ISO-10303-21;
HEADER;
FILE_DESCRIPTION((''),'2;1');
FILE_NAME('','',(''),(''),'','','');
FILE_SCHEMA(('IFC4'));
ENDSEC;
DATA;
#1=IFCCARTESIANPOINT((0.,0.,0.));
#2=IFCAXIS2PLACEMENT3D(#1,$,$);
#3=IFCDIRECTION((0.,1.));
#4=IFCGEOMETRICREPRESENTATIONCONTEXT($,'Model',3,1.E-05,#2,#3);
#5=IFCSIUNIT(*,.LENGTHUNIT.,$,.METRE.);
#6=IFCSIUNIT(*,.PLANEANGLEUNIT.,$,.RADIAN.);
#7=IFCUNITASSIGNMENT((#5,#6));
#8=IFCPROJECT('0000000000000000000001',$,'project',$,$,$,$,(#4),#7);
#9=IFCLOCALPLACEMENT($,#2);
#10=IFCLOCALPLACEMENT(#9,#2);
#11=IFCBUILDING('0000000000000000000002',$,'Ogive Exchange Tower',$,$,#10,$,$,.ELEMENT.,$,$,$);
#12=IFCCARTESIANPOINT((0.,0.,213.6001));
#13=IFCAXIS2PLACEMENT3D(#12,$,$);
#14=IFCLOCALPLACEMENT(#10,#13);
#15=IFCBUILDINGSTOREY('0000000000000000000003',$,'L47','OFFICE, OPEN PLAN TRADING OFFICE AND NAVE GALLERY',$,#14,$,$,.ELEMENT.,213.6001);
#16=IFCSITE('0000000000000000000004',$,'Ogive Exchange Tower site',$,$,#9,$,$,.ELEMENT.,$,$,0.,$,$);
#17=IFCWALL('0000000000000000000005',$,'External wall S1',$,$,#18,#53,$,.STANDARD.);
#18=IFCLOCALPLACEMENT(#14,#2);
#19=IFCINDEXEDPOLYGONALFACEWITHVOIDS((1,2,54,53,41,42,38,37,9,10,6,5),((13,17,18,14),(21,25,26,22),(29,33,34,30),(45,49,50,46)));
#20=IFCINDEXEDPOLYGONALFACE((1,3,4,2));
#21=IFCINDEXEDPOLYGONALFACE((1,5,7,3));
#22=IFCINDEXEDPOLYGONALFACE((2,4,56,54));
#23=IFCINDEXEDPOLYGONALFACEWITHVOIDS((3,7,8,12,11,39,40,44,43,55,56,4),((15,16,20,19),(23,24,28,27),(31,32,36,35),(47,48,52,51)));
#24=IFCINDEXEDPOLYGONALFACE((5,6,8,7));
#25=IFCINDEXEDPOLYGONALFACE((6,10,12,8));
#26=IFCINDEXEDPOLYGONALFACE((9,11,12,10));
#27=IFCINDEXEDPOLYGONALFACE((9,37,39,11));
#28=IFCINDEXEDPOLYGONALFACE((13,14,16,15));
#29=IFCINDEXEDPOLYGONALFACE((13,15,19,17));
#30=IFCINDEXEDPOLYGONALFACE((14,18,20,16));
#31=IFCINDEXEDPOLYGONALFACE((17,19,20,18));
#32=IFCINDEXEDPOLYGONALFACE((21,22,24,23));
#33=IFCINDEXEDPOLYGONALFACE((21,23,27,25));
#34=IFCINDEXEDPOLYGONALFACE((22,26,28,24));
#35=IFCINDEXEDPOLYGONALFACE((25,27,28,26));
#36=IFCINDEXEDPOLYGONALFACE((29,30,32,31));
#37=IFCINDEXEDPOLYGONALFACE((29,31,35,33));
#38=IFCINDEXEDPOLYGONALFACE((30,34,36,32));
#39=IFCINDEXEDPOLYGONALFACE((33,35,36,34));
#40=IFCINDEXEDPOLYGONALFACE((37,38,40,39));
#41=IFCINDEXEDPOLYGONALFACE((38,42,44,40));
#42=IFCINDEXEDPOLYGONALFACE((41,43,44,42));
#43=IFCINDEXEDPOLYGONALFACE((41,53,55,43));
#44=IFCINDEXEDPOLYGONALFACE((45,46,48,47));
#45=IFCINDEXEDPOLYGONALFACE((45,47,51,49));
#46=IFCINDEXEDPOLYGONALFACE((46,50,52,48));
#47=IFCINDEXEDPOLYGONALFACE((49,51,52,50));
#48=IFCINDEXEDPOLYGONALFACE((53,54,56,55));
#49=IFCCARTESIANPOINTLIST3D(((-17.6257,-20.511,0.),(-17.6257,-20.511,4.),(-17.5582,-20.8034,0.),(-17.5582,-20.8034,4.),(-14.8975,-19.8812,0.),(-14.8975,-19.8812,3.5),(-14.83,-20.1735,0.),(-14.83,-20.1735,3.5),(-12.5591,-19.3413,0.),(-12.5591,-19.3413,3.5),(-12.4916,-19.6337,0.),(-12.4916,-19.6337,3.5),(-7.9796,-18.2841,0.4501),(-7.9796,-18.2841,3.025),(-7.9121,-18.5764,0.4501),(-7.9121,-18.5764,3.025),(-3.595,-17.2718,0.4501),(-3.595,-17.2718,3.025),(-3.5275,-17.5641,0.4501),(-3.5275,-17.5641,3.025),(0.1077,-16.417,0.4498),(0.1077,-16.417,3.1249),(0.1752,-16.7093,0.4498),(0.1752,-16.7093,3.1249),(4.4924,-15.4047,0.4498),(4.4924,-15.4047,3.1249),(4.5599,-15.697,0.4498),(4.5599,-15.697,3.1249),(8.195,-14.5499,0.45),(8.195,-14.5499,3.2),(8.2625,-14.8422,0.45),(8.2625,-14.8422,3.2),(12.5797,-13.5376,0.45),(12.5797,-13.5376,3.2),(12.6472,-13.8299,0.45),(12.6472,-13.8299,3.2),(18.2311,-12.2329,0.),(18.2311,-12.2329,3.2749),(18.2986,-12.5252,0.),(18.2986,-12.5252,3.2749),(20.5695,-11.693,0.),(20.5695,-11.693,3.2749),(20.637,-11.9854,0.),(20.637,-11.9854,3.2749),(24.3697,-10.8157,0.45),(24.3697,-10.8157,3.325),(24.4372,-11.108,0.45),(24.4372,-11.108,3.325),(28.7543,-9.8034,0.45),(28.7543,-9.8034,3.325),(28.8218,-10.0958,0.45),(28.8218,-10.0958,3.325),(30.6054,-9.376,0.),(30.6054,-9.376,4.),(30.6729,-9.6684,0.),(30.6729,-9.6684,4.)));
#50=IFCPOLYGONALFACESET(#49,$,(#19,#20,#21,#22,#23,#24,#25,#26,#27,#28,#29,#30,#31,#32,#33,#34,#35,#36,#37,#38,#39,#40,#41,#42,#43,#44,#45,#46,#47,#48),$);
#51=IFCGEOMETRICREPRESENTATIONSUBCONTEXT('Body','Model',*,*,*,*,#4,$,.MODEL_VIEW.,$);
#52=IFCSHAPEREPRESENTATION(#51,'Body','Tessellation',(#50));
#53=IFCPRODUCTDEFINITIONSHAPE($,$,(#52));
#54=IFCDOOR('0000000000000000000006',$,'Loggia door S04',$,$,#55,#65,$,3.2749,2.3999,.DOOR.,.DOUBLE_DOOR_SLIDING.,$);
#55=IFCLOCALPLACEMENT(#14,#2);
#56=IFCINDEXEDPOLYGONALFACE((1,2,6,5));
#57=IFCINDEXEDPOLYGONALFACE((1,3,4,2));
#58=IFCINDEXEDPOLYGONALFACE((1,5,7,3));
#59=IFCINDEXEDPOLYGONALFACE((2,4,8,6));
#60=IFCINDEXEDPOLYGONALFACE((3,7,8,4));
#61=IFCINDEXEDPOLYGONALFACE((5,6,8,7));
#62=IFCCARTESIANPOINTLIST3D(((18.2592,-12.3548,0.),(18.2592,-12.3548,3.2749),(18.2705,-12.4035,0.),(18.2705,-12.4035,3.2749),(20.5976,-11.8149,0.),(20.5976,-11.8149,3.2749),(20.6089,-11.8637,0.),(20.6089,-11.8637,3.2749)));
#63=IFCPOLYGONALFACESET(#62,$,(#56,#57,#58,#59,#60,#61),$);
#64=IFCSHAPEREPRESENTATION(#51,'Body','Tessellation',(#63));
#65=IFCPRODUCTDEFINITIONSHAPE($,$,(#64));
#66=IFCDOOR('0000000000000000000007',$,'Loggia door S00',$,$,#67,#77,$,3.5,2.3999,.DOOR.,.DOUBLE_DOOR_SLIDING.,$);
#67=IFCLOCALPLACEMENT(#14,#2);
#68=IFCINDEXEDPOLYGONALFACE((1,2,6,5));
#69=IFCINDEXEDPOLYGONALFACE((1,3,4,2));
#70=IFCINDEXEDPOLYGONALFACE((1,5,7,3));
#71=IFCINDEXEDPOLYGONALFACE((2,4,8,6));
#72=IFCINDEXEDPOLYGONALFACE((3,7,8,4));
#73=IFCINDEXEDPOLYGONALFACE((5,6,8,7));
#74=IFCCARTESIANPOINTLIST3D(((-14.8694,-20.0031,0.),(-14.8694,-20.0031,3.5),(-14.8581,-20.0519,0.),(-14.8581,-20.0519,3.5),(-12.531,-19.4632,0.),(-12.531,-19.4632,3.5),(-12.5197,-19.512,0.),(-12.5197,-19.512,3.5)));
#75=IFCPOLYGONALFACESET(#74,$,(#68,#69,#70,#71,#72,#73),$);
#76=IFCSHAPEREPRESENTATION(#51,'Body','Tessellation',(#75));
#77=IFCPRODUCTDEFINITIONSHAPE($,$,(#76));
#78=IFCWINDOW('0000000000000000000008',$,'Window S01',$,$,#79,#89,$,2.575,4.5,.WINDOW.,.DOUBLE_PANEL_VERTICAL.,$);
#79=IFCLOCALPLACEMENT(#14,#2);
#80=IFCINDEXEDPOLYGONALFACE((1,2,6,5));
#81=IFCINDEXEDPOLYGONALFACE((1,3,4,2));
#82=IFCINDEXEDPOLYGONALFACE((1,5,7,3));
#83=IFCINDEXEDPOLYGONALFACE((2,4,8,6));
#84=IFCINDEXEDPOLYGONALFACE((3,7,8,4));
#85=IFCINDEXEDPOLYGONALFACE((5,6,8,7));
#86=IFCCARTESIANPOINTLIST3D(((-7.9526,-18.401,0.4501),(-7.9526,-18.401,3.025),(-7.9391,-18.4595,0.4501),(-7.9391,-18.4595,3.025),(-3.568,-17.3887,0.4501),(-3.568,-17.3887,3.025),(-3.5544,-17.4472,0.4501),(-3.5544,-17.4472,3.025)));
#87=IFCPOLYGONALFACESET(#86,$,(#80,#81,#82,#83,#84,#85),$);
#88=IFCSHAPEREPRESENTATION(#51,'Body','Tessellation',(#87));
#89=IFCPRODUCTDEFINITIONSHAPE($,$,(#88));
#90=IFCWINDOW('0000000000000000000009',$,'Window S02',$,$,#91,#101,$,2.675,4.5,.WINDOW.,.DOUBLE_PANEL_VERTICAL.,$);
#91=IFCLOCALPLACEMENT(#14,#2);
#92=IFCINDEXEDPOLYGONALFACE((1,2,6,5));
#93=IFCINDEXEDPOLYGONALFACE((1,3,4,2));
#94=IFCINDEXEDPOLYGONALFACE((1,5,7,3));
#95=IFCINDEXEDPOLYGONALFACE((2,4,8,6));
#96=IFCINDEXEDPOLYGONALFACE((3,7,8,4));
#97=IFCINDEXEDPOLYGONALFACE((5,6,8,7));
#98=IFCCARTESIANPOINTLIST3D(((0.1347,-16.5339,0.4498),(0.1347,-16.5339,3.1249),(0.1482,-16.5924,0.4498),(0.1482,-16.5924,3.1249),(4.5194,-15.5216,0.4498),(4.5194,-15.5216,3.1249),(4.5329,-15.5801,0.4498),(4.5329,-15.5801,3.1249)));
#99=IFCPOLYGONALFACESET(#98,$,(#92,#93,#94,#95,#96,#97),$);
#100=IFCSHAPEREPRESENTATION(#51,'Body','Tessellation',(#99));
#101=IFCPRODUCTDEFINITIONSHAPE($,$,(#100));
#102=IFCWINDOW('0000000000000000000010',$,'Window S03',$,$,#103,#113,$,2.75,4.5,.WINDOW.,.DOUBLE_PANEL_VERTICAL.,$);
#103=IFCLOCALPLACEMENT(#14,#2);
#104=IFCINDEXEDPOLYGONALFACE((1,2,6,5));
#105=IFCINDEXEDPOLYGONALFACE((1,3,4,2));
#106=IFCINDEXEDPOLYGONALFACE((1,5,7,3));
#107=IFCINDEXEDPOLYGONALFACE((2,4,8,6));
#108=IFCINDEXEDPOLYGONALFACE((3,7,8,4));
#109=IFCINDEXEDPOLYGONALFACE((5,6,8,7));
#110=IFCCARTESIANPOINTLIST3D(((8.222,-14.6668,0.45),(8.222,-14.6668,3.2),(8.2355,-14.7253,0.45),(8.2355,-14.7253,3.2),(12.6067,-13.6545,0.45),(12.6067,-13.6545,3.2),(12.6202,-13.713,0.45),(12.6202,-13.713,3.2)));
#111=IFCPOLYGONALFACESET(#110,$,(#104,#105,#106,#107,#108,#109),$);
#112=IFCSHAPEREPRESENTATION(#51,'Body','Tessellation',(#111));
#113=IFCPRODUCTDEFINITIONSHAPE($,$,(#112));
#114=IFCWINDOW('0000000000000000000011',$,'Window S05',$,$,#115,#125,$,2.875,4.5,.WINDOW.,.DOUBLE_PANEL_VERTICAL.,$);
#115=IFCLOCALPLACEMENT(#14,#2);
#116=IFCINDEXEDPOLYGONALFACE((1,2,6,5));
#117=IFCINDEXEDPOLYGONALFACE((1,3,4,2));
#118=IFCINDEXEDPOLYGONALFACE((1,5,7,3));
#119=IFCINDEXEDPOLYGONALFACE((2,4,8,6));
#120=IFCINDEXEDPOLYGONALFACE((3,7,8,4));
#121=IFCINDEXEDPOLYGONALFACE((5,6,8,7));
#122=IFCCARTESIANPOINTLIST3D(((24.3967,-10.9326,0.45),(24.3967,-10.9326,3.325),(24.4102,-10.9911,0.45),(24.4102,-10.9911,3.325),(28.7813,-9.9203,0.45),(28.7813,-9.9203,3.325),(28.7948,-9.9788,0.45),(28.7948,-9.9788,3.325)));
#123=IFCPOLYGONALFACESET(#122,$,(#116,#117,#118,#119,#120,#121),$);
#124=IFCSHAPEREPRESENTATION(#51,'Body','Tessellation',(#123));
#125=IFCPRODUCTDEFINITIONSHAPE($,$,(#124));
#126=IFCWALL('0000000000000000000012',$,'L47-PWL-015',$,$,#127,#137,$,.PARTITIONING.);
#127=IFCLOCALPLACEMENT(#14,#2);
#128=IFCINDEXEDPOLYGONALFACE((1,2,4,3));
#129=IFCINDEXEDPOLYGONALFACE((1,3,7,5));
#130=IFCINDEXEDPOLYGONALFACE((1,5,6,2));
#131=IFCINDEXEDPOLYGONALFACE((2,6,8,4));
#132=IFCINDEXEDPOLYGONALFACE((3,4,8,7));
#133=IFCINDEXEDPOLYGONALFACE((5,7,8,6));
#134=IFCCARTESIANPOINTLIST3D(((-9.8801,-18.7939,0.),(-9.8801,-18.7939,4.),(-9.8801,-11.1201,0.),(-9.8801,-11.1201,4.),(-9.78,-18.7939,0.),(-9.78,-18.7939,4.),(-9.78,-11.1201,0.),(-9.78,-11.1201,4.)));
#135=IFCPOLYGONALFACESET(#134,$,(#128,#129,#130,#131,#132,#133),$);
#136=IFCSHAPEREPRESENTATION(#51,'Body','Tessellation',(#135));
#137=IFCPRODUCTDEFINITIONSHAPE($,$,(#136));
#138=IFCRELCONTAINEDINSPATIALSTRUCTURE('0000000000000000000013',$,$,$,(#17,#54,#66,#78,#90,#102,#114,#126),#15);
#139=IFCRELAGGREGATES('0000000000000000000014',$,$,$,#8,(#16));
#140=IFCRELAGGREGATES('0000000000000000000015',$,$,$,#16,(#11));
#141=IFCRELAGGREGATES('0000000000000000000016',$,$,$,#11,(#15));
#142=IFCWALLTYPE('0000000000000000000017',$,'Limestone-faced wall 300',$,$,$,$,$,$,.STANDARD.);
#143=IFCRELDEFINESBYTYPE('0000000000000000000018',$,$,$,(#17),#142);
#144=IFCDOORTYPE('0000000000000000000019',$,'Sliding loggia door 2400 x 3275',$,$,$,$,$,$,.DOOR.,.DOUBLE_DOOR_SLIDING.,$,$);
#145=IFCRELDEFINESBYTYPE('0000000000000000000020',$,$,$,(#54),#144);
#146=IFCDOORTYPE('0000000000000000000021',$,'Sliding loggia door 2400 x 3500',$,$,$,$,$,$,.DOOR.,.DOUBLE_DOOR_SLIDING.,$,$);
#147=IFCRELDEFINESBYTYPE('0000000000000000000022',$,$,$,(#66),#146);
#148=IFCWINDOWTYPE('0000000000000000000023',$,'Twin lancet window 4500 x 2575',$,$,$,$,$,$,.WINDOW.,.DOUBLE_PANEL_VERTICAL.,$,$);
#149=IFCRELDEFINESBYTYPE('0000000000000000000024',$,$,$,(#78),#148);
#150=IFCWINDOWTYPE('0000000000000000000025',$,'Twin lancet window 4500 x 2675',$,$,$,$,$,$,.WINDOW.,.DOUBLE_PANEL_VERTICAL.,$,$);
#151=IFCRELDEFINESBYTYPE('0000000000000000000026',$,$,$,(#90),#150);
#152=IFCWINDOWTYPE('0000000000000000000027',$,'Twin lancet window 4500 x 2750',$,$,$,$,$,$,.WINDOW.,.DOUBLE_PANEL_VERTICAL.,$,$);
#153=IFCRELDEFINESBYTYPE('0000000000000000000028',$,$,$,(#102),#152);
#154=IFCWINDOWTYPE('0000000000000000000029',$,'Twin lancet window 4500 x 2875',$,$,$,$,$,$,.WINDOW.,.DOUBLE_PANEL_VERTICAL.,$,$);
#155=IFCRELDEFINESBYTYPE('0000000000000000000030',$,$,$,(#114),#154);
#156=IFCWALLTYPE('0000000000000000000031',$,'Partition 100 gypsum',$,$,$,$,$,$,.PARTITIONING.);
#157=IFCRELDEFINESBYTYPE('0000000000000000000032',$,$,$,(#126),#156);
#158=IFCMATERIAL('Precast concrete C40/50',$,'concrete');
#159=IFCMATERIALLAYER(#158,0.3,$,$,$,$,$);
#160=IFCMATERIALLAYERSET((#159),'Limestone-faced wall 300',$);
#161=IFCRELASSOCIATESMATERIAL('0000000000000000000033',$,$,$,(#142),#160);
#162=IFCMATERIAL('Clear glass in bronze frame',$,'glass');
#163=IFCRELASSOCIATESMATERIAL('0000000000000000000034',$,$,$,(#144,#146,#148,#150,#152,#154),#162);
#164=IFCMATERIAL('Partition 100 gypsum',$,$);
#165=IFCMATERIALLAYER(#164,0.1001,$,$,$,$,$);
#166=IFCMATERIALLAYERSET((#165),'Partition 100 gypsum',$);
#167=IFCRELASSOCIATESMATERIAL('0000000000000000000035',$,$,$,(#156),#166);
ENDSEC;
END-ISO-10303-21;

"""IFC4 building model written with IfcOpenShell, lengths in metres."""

from ifc_helpers import new_model, si_unit, direction, frame, frame_2d, origin, place, context, subcontext, project, spatial, rectangle, extrude, material, layer, layer_set, type_object, element, fill, save


model = new_model("IFC4")

# Units and contexts
model_context = context("Model", 3, precision=1e-05, world=origin(), true_north=direction((0.0, 1.0)))
body_context = subcontext(model_context, "Body", "Model", "MODEL_VIEW")
ifc_project = project(units=[si_unit("LENGTHUNIT", "METRE"), si_unit("PLANEANGLEUNIT", "RADIAN")], contexts=[model_context])

# Site, building, storey
site_placement = place(None, origin())
site = spatial("IfcSite", under=ifc_project, at=site_placement, Name="Ogive Exchange Tower site", CompositionType="ELEMENT", RefElevation=0.0)
building_placement = place(site_placement, origin())
building = spatial("IfcBuilding", under=site, at=building_placement, Name="Ogive Exchange Tower", CompositionType="ELEMENT")
storey_placement = place(building_placement, frame((0.0, 0.0, 213.6001)))
storey = spatial("IfcBuildingStorey", under=building, at=storey_placement, Name="L47", Description="OFFICE, OPEN PLAN TRADING OFFICE AND NAVE GALLERY", CompositionType="ELEMENT", Elevation=213.6001)

# Wall, openings, doors, windows
ifc_material_1 = material(Name="Precast concrete C40/50", Category="concrete")
ifc_layer_1 = layer(ifc_material_1, 0.3)
ifc_layer_set_1 = layer_set([ifc_layer_1], Name="Limestone-faced wall 300")
wall_type_1 = type_object("IfcWallType", Name="Limestone-faced wall 300", PredefinedType="STANDARD", material=ifc_layer_set_1)
wall_1_placement = place(storey_placement, frame((-17.592, -20.6572, 0.0), z_axis=(0.0, 0.0, 1.0), x_axis=(0.97437, 0.22495, 0.0)))
wall_1 = element("IfcWall", 1, at=wall_1_placement, inside=storey, type_object=wall_type_1, Name="External wall S1", PredefinedType="STANDARD", context=body_context, shape_type="SweptSolid", body=[
    extrude(rectangle(XDim=49.4998, YDim=0.3, at=frame_2d((24.75, 0.0))), origin(), (0.0, 0.0, 1.0), 4.0),
])
opening_1_placement = place(wall_1_placement, frame((2.8, 0.0, 0.0)))
opening_1 = element("IfcOpeningElement", 2, at=opening_1_placement, cuts=wall_1, PredefinedType="OPENING", context=body_context, shape_type="SweptSolid", body=[
    extrude(rectangle(XDim=2.3999, YDim=3.5, at=frame_2d((1.2, 1.75))), frame((0.0, 0.1599, 0.0), z_axis=(0.0, -1.0, 0.0), x_axis=(1.0, 0.0, 0.0)), (0.0, 0.0, 1.0), 0.3201),
])
opening_2_placement = place(wall_1_placement, frame((9.8999, 0.0, 0.45)))
opening_2 = element("IfcOpeningElement", 3, at=opening_2_placement, cuts=wall_1, PredefinedType="OPENING", context=body_context, shape_type="SweptSolid", body=[
    extrude(rectangle(XDim=4.5, YDim=2.575, at=frame_2d((2.25, 1.2876))), frame((0.0, 0.1599, 0.0), z_axis=(0.0, -1.0, 0.0), x_axis=(1.0, 0.0, 0.0)), (0.0, 0.0, 1.0), 0.3201),
])
opening_3_placement = place(wall_1_placement, frame((18.2, 0.0, 0.45)))
opening_3 = element("IfcOpeningElement", 4, at=opening_3_placement, cuts=wall_1, PredefinedType="OPENING", context=body_context, shape_type="SweptSolid", body=[
    extrude(rectangle(XDim=4.5, YDim=2.675, at=frame_2d((2.25, 1.3374))), frame((0.0, 0.1599, 0.0), z_axis=(0.0, -1.0, 0.0), x_axis=(1.0, 0.0, 0.0)), (0.0, 0.0, 1.0), 0.3201),
])
opening_4_placement = place(wall_1_placement, frame((26.5, 0.0, 0.45)))
opening_4 = element("IfcOpeningElement", 5, at=opening_4_placement, cuts=wall_1, PredefinedType="OPENING", context=body_context, shape_type="SweptSolid", body=[
    extrude(rectangle(XDim=4.5, YDim=2.75, at=frame_2d((2.25, 1.375))), frame((0.0, 0.1599, 0.0), z_axis=(0.0, -1.0, 0.0), x_axis=(1.0, 0.0, 0.0)), (0.0, 0.0, 1.0), 0.3201),
])
opening_5_placement = place(wall_1_placement, frame((36.8, 0.0, 0.0)))
opening_5 = element("IfcOpeningElement", 6, at=opening_5_placement, cuts=wall_1, PredefinedType="OPENING", context=body_context, shape_type="SweptSolid", body=[
    extrude(rectangle(XDim=2.3999, YDim=3.2749, at=frame_2d((1.2, 1.6375))), frame((0.0, 0.1599, 0.0), z_axis=(0.0, -1.0, 0.0), x_axis=(1.0, 0.0, 0.0)), (0.0, 0.0, 1.0), 0.3201),
])
opening_6_placement = place(wall_1_placement, frame((43.1001, 0.0, 0.45)))
opening_6 = element("IfcOpeningElement", 7, at=opening_6_placement, cuts=wall_1, PredefinedType="OPENING", context=body_context, shape_type="SweptSolid", body=[
    extrude(rectangle(XDim=4.5, YDim=2.875, at=frame_2d((2.25, 1.4375))), frame((0.0, 0.1599, 0.0), z_axis=(0.0, -1.0, 0.0), x_axis=(1.0, 0.0, 0.0)), (0.0, 0.0, 1.0), 0.3201),
])
ifc_material_2 = material(Name="Clear glass in bronze frame", Category="glass")
door_type_1 = type_object("IfcDoorType", Name="Sliding loggia door 2400 x 3275", OperationType="DOUBLE_DOOR_SLIDING", PredefinedType="DOOR", material=ifc_material_2)
door_1_placement = place(opening_5_placement, origin())
door_1 = element("IfcDoor", 8, at=door_1_placement, inside=storey, type_object=door_type_1, Name="Loggia door S04", OperationType="DOUBLE_DOOR_SLIDING", OverallHeight=3.2749, OverallWidth=2.3999, PredefinedType="DOOR", context=body_context, shape_type="SweptSolid", body=[
    extrude(rectangle(XDim=2.3999, YDim=3.2749, at=frame_2d((1.2, 1.6375))), frame((0.0, 0.0249, 0.0), z_axis=(0.0, -1.0, 0.0), x_axis=(1.0, 0.0, 0.0)), (0.0, 0.0, 1.0), 0.05),
])
fill(opening_5, door_1)
door_type_2 = type_object("IfcDoorType", Name="Sliding loggia door 2400 x 3500", OperationType="DOUBLE_DOOR_SLIDING", PredefinedType="DOOR", material=ifc_material_2)
door_2_placement = place(opening_1_placement, origin())
door_2 = element("IfcDoor", 9, at=door_2_placement, inside=storey, type_object=door_type_2, Name="Loggia door S00", OperationType="DOUBLE_DOOR_SLIDING", OverallHeight=3.5, OverallWidth=2.3999, PredefinedType="DOOR", context=body_context, shape_type="SweptSolid", body=[
    extrude(rectangle(XDim=2.3999, YDim=3.5, at=frame_2d((1.2, 1.75))), frame((0.0, 0.0249, 0.0), z_axis=(0.0, -1.0, 0.0), x_axis=(1.0, 0.0, 0.0)), (0.0, 0.0, 1.0), 0.05),
])
fill(opening_1, door_2)
window_type_1 = type_object("IfcWindowType", Name="Twin lancet window 4500 x 2575", PartitioningType="DOUBLE_PANEL_VERTICAL", PredefinedType="WINDOW", material=ifc_material_2)
window_1_placement = place(opening_2_placement, origin())
window_1 = element("IfcWindow", 10, at=window_1_placement, inside=storey, type_object=window_type_1, Name="Window S01", OverallHeight=2.575, OverallWidth=4.5, PartitioningType="DOUBLE_PANEL_VERTICAL", PredefinedType="WINDOW", context=body_context, shape_type="SweptSolid", body=[
    extrude(rectangle(XDim=4.5, YDim=2.575, at=frame_2d((2.25, 1.2876))), frame((0.0, 0.03, 0.0), z_axis=(0.0, -1.0, 0.0), x_axis=(1.0, 0.0, 0.0)), (0.0, 0.0, 1.0), 0.0601),
])
fill(opening_2, window_1)
window_type_2 = type_object("IfcWindowType", Name="Twin lancet window 4500 x 2675", PartitioningType="DOUBLE_PANEL_VERTICAL", PredefinedType="WINDOW", material=ifc_material_2)
window_2_placement = place(opening_3_placement, origin())
window_2 = element("IfcWindow", 11, at=window_2_placement, inside=storey, type_object=window_type_2, Name="Window S02", OverallHeight=2.675, OverallWidth=4.5, PartitioningType="DOUBLE_PANEL_VERTICAL", PredefinedType="WINDOW", context=body_context, shape_type="SweptSolid", body=[
    extrude(rectangle(XDim=4.5, YDim=2.675, at=frame_2d((2.25, 1.3374))), frame((0.0, 0.03, 0.0), z_axis=(0.0, -1.0, 0.0), x_axis=(1.0, 0.0, 0.0)), (0.0, 0.0, 1.0), 0.0601),
])
fill(opening_3, window_2)
window_type_3 = type_object("IfcWindowType", Name="Twin lancet window 4500 x 2750", PartitioningType="DOUBLE_PANEL_VERTICAL", PredefinedType="WINDOW", material=ifc_material_2)
window_3_placement = place(opening_4_placement, origin())
window_3 = element("IfcWindow", 12, at=window_3_placement, inside=storey, type_object=window_type_3, Name="Window S03", OverallHeight=2.75, OverallWidth=4.5, PartitioningType="DOUBLE_PANEL_VERTICAL", PredefinedType="WINDOW", context=body_context, shape_type="SweptSolid", body=[
    extrude(rectangle(XDim=4.5, YDim=2.75, at=frame_2d((2.25, 1.375))), frame((0.0, 0.03, 0.0), z_axis=(0.0, -1.0, 0.0), x_axis=(1.0, 0.0, 0.0)), (0.0, 0.0, 1.0), 0.0601),
])
fill(opening_4, window_3)
window_type_4 = type_object("IfcWindowType", Name="Twin lancet window 4500 x 2875", PartitioningType="DOUBLE_PANEL_VERTICAL", PredefinedType="WINDOW", material=ifc_material_2)
window_4_placement = place(opening_6_placement, origin())
window_4 = element("IfcWindow", 13, at=window_4_placement, inside=storey, type_object=window_type_4, Name="Window S05", OverallHeight=2.875, OverallWidth=4.5, PartitioningType="DOUBLE_PANEL_VERTICAL", PredefinedType="WINDOW", context=body_context, shape_type="SweptSolid", body=[
    extrude(rectangle(XDim=4.5, YDim=2.875, at=frame_2d((2.25, 1.4375))), frame((0.0, 0.03, 0.0), z_axis=(0.0, -1.0, 0.0), x_axis=(1.0, 0.0, 0.0)), (0.0, 0.0, 1.0), 0.0601),
])
fill(opening_6, window_4)

# Wall
ifc_material_3 = material(Name="Partition 100 gypsum")
ifc_layer_2 = layer(ifc_material_3, 0.1001)
ifc_layer_set_2 = layer_set([ifc_layer_2], Name="Partition 100 gypsum")
wall_type_2 = type_object("IfcWallType", Name="Partition 100 gypsum", PredefinedType="PARTITIONING", material=ifc_layer_set_2)
wall_2_placement = place(storey_placement, frame((-9.8301, -18.7939, 0.0), z_axis=(0.0, 0.0, 1.0), x_axis=(0.0, 1.0, 0.0)))
element("IfcWall", 14, at=wall_2_placement, inside=storey, type_object=wall_type_2, Name="L47-PWL-015", PredefinedType="PARTITIONING", context=body_context, shape_type="SweptSolid", body=[
    extrude(rectangle(XDim=7.6738, YDim=0.1001, at=frame_2d((3.8369, 0.0))), origin(), (0.0, 0.0, 1.0), 4.0),
])

save(model, "model.ifc")
